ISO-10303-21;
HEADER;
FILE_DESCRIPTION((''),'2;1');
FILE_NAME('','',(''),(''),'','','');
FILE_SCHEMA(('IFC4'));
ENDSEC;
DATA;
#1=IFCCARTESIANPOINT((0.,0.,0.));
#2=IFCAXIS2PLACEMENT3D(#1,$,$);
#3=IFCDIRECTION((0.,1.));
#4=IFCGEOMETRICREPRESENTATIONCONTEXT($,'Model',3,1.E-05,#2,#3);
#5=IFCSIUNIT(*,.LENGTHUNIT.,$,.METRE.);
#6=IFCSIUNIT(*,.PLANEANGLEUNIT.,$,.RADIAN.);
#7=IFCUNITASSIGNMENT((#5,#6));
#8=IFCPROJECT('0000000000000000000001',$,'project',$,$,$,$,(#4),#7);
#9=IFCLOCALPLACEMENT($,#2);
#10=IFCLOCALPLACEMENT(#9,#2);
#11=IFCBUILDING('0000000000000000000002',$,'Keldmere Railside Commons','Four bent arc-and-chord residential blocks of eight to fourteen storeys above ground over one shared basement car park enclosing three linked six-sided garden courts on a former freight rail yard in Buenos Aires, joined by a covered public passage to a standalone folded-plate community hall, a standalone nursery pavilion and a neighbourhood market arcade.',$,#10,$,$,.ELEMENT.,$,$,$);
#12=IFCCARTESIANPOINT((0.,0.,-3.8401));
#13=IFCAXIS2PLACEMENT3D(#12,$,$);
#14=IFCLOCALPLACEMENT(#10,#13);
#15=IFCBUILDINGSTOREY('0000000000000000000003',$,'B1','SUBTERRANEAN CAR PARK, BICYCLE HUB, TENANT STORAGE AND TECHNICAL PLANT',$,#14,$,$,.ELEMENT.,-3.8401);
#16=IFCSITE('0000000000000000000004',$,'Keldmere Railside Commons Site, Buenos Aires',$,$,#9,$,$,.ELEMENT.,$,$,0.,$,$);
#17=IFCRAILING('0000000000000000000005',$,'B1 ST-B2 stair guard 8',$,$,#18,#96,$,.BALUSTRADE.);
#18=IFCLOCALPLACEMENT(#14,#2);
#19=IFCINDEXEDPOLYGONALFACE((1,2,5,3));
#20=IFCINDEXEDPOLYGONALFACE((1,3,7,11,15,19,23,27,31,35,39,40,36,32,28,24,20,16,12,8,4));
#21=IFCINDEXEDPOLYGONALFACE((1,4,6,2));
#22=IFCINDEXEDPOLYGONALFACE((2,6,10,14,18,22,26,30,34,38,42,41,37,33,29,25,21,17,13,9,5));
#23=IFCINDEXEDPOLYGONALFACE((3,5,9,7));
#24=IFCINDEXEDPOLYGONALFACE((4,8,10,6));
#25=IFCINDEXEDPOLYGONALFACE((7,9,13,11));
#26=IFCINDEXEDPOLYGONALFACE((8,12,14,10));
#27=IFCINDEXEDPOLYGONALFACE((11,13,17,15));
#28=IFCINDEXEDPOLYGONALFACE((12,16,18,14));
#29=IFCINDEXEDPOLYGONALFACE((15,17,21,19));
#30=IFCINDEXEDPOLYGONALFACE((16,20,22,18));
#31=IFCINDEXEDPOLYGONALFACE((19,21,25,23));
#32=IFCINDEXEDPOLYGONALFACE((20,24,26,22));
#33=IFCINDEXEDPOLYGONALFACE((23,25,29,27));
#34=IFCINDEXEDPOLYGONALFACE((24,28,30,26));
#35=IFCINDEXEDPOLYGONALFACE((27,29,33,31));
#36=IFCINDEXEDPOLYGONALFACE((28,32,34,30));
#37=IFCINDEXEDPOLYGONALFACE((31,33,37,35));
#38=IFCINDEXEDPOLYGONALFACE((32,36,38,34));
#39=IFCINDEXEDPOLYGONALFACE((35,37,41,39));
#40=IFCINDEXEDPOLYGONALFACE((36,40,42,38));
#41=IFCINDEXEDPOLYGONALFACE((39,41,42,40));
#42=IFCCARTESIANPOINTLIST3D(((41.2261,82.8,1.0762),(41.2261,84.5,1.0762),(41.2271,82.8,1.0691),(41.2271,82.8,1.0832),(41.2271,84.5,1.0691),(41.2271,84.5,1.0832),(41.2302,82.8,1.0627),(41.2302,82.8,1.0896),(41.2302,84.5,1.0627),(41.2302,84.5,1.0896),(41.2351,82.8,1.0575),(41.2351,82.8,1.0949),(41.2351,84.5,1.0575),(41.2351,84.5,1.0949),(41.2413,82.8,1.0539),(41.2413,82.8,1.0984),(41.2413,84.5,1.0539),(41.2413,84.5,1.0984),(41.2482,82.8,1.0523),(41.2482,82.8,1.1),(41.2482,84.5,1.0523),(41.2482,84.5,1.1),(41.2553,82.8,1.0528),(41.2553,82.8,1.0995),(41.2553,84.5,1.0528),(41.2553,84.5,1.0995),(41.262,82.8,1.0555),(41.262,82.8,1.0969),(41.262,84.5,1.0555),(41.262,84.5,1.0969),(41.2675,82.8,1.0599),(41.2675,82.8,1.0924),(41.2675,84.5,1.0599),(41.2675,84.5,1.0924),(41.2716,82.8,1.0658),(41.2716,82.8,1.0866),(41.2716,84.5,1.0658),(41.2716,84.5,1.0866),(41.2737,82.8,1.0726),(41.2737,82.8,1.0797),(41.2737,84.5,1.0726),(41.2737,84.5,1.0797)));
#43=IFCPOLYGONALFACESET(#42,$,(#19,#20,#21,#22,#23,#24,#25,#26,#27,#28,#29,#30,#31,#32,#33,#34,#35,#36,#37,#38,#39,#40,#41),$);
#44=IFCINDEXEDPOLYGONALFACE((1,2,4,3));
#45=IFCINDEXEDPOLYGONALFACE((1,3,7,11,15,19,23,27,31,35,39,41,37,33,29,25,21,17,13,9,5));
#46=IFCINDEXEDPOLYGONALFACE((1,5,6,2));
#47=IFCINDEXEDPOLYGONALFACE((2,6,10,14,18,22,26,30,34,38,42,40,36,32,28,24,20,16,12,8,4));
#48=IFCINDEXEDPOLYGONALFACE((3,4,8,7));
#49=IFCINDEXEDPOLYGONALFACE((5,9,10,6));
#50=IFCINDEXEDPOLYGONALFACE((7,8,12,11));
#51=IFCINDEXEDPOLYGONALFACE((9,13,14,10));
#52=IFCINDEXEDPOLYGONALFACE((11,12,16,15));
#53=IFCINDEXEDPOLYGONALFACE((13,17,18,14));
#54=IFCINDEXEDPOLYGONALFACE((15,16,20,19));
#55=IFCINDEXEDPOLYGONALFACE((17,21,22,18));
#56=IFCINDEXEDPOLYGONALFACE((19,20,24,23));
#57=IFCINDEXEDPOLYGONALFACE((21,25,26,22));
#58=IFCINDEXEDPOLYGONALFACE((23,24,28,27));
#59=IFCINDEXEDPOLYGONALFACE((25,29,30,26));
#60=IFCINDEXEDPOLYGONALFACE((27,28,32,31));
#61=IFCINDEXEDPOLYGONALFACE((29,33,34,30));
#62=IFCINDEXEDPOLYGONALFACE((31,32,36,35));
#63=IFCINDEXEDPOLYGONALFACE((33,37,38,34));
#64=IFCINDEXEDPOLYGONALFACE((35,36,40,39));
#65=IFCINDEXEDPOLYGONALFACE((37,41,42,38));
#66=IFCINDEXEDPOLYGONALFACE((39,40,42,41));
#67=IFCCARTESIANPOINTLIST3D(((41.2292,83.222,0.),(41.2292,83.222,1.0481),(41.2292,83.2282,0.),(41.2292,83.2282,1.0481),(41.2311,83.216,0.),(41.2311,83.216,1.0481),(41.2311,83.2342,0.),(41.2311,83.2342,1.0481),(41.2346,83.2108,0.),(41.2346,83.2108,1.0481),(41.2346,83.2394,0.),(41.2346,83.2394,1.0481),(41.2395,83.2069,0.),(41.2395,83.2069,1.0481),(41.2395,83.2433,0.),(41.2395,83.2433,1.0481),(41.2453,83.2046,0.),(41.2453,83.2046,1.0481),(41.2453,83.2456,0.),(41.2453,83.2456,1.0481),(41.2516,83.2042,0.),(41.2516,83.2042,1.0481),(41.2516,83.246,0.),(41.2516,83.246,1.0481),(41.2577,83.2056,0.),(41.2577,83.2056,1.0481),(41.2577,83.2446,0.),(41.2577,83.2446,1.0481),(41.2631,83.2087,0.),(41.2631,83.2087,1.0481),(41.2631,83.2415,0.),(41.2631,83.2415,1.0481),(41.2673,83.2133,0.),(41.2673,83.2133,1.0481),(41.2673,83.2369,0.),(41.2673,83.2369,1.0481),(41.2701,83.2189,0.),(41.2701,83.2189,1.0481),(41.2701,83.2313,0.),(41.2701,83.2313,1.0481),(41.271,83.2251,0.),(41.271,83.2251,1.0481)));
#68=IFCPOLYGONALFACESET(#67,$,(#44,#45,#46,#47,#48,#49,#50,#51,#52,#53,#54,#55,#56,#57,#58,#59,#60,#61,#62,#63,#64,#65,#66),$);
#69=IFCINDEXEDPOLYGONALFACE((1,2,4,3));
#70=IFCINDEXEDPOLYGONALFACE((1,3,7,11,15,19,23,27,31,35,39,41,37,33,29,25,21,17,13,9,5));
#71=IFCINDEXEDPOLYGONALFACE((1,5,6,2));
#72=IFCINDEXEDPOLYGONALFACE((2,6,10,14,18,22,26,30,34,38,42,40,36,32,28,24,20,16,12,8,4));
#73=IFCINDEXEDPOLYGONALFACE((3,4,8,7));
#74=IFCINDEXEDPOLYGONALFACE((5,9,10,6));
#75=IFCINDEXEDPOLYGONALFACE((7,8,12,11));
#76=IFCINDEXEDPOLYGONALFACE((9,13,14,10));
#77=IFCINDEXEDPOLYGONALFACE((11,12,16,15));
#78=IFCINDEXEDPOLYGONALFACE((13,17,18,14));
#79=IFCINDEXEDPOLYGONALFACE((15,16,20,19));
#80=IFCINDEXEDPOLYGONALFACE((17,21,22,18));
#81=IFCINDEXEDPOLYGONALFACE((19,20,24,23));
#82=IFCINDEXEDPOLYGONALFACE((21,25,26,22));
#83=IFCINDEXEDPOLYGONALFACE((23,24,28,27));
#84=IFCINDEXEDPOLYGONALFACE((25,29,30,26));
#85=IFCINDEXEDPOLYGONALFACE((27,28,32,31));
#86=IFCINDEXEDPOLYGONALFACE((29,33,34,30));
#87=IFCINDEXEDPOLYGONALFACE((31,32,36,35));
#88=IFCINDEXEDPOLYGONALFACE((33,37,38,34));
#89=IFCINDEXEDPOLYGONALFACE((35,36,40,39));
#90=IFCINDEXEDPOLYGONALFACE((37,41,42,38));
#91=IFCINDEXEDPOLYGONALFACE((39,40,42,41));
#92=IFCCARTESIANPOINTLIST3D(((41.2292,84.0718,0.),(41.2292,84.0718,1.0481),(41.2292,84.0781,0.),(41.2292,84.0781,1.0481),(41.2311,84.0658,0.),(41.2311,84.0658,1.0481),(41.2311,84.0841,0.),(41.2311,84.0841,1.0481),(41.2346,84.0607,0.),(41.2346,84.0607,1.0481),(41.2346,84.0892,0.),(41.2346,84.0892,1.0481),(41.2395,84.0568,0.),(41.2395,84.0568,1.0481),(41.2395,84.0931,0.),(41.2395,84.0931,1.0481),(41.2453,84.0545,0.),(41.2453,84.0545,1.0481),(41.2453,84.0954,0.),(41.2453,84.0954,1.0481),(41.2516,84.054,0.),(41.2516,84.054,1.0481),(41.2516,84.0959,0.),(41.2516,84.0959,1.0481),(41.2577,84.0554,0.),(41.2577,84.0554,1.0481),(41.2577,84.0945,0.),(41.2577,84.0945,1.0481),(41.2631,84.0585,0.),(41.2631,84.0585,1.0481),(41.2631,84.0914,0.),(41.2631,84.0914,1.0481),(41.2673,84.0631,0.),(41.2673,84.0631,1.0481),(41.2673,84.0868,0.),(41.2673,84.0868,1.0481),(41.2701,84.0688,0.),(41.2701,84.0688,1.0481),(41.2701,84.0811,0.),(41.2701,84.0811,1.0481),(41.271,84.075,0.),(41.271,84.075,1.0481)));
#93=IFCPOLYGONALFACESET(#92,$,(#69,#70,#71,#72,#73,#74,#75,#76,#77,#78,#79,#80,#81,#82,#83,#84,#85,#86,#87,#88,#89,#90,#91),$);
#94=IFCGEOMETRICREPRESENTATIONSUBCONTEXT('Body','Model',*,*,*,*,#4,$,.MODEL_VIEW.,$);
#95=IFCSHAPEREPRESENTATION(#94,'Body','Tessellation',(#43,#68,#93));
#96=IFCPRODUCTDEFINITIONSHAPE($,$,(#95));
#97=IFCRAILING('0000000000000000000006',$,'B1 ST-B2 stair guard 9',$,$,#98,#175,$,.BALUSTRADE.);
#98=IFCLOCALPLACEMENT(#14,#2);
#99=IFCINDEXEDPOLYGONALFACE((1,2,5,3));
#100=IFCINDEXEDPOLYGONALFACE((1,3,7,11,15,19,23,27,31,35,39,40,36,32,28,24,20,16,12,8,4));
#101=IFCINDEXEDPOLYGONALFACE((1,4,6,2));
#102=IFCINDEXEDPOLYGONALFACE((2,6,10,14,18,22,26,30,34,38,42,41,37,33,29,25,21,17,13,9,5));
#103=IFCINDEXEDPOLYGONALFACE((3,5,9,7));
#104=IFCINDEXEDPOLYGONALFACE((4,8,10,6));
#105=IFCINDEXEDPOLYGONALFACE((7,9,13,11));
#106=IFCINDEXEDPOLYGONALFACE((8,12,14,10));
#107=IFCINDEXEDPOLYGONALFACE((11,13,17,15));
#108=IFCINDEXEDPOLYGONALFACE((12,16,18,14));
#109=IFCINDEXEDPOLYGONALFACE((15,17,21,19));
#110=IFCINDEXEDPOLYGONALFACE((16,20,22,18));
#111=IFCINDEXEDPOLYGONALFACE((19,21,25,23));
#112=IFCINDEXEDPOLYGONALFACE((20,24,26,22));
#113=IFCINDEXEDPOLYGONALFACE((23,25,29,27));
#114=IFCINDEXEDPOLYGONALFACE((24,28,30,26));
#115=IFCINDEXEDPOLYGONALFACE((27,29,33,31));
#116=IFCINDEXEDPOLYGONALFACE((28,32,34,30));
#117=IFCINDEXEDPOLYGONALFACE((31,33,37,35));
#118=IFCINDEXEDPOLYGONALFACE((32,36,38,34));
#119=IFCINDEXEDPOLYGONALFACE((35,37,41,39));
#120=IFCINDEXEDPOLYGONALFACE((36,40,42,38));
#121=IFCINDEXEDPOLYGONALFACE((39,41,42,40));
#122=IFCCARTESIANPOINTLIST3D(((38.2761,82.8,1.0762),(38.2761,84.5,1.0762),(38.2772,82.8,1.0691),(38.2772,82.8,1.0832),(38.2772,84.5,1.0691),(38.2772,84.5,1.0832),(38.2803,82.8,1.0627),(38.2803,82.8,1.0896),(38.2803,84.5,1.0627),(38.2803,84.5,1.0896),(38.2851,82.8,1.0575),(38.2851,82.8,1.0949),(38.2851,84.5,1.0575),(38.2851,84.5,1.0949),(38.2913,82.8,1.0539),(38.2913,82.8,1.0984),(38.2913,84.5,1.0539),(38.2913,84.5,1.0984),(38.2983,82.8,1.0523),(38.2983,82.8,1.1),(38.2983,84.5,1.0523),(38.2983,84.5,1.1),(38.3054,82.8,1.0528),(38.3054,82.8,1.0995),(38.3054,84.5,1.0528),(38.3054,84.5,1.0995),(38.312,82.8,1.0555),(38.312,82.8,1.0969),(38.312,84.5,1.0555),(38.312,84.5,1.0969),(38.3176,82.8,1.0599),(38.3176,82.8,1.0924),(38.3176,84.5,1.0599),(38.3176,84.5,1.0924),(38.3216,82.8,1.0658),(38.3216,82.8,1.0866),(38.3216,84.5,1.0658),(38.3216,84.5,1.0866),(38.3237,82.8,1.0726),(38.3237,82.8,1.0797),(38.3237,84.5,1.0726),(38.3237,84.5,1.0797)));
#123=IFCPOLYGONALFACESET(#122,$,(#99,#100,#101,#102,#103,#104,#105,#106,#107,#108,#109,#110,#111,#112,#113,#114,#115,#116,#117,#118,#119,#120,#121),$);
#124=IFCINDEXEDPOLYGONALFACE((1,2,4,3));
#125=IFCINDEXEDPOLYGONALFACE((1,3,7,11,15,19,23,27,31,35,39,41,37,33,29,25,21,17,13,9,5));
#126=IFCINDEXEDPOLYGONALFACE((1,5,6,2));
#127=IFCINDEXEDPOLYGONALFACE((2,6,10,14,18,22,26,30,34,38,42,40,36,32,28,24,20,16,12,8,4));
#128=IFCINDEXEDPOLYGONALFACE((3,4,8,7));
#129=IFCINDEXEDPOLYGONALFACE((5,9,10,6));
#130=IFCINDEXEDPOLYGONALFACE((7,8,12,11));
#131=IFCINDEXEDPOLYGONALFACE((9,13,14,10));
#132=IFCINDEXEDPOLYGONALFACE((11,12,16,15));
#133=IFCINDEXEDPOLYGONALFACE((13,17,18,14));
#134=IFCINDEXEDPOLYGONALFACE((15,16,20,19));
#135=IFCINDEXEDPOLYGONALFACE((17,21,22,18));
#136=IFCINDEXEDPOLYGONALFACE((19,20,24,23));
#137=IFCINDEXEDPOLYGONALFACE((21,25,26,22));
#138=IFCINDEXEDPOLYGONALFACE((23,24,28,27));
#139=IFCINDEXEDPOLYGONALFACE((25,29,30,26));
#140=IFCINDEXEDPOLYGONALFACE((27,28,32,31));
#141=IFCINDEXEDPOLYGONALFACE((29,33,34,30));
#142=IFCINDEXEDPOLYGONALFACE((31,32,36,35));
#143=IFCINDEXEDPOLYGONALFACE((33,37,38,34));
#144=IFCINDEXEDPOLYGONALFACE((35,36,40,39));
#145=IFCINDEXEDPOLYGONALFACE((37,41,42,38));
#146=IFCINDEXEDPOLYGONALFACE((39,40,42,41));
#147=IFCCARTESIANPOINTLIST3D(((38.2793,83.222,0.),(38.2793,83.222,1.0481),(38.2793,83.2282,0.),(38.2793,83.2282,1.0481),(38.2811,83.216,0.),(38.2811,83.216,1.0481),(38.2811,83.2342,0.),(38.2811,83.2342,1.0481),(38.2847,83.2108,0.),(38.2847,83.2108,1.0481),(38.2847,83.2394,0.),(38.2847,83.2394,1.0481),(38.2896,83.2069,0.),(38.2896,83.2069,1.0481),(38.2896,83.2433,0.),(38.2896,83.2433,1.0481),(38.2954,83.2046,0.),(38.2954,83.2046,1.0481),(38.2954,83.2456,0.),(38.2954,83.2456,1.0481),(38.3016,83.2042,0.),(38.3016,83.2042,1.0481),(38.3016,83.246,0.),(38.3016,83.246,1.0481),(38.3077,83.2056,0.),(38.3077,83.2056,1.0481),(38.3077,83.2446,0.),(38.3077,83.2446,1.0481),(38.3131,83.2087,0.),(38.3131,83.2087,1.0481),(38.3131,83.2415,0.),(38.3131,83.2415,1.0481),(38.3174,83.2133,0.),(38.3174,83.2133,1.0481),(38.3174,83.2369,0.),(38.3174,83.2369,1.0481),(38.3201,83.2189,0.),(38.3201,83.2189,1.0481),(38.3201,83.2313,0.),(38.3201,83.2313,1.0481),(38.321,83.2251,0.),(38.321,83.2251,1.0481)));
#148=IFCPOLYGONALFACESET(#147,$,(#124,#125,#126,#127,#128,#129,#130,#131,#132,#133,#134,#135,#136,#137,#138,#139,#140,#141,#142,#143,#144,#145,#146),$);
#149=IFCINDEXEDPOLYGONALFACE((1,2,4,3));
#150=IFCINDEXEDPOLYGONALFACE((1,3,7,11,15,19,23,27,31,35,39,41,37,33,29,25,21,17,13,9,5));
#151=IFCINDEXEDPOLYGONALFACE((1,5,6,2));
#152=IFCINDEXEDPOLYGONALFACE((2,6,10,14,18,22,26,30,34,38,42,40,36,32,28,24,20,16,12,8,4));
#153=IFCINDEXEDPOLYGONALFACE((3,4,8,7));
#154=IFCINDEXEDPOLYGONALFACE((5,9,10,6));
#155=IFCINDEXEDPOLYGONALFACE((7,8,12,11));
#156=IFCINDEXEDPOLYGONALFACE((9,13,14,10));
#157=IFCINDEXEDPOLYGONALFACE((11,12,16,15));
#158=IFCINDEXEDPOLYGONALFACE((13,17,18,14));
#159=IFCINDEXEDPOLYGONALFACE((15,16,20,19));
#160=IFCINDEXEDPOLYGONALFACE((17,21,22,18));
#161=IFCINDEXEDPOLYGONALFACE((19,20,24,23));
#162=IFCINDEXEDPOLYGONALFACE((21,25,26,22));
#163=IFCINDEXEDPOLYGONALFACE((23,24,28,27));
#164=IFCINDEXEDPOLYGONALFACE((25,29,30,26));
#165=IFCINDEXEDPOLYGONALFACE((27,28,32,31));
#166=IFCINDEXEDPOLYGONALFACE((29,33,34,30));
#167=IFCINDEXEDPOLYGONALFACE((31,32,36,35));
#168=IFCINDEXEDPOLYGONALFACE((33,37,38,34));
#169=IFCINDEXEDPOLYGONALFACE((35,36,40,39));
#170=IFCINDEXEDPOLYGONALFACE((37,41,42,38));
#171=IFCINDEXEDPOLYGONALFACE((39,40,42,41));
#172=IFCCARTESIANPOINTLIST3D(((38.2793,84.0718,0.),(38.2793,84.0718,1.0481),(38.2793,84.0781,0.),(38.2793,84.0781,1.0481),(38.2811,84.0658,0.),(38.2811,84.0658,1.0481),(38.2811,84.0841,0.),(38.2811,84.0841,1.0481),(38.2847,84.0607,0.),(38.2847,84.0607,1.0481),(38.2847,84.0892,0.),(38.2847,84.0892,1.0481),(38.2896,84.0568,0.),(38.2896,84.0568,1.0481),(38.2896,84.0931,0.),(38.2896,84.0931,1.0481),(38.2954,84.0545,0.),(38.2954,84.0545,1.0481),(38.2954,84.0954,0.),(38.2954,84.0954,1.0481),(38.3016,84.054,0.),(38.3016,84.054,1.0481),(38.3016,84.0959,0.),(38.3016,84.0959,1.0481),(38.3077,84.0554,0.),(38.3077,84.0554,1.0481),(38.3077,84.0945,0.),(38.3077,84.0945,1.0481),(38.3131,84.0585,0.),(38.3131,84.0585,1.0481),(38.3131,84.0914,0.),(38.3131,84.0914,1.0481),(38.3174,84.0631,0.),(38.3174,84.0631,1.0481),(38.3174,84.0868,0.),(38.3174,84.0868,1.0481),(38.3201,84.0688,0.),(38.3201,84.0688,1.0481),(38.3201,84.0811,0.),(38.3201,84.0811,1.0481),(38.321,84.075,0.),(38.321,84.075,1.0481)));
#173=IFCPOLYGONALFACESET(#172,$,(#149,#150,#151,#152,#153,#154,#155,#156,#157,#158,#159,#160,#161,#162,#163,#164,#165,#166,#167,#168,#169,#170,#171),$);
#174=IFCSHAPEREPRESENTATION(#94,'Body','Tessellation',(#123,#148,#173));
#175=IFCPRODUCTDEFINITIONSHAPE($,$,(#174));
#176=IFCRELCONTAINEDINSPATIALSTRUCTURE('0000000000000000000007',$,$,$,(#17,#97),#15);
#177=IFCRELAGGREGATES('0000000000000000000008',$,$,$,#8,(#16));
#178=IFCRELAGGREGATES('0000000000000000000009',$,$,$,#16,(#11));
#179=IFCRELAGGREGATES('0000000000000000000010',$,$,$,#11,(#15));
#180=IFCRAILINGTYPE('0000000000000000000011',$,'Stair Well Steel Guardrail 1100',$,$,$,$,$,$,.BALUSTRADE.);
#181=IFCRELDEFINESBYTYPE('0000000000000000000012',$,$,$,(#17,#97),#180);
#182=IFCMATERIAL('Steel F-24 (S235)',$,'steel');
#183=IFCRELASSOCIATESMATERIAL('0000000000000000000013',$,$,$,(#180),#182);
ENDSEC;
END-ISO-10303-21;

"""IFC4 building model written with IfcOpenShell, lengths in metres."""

from ifc_helpers import new_model, si_unit, direction, frame, origin, origin_2d, place, context, subcontext, project, spatial, circle, extrude, material, type_object, element, save


model = new_model("IFC4")

# Units and contexts
model_context = context("Model", 3, precision=1e-05, world=origin(), true_north=direction((0.0, 1.0)))
body_context = subcontext(model_context, "Body", "Model", "MODEL_VIEW")
ifc_project = project(units=[si_unit("LENGTHUNIT", "METRE"), si_unit("PLANEANGLEUNIT", "RADIAN")], contexts=[model_context])

# Site, building, storey
site_placement = place(None, origin())
site = spatial("IfcSite", under=ifc_project, at=site_placement, Name="Keldmere Railside Commons Site, Buenos Aires", CompositionType="ELEMENT", RefElevation=0.0)
building_placement = place(site_placement, origin())
building = spatial("IfcBuilding", under=site, at=building_placement, Name="Keldmere Railside Commons", Description="Four bent arc-and-chord residential blocks of eight to fourteen storeys above ground over one shared basement car park enclosing three linked six-sided garden courts on a former freight rail yard in Buenos Aires, joined by a covered public passage to a standalone folded-plate community hall, a standalone nursery pavilion and a neighbourhood market arcade.", CompositionType="ELEMENT")
storey_placement = place(building_placement, frame((0.0, 0.0, -3.8401)))
storey = spatial("IfcBuildingStorey", under=building, at=storey_placement, Name="B1", Description="SUBTERRANEAN CAR PARK, BICYCLE HUB, TENANT STORAGE AND TECHNICAL PLANT", CompositionType="ELEMENT", Elevation=-3.8401)

# Shared definitions
ifc_material_1 = material(Name="Steel F-24 (S235)", Category="steel")

# Railings
railing_type = type_object("IfcRailingType", Name="Stair Well Steel Guardrail 1100", PredefinedType="BALUSTRADE", material=ifc_material_1)
for number, where, name in (
    (1, (41.25, 82.8, 0.0), "B1 ST-B2 stair guard 8"),
    (2, (38.3, 82.8, 0.0), "B1 ST-B2 stair guard 9"),
):
    element("IfcRailing", number, at=place(storey_placement, frame(where)), inside=storey, type_object=railing_type, Name=name, PredefinedType="BALUSTRADE", context=body_context, shape_type="SweptSolid", body=[
        extrude(circle(Radius=0.0239, at=origin_2d()), frame((0.0, 0.0, 1.0762), z_axis=(0.0, 1.0, 0.0), x_axis=(-1.0, 0.0, 0.0)), (0.0, 0.0, 1.0), 1.7),
        extrude(circle(Radius=0.021, at=origin_2d()), frame((0.0, 0.425, 0.0)), (0.0, 0.0, 1.0), 1.0481),
        extrude(circle(Radius=0.021, at=origin_2d()), frame((0.0, 1.2749, 0.0)), (0.0, 0.0, 1.0), 1.0481),
    ])

save(model, "model.ifc")
